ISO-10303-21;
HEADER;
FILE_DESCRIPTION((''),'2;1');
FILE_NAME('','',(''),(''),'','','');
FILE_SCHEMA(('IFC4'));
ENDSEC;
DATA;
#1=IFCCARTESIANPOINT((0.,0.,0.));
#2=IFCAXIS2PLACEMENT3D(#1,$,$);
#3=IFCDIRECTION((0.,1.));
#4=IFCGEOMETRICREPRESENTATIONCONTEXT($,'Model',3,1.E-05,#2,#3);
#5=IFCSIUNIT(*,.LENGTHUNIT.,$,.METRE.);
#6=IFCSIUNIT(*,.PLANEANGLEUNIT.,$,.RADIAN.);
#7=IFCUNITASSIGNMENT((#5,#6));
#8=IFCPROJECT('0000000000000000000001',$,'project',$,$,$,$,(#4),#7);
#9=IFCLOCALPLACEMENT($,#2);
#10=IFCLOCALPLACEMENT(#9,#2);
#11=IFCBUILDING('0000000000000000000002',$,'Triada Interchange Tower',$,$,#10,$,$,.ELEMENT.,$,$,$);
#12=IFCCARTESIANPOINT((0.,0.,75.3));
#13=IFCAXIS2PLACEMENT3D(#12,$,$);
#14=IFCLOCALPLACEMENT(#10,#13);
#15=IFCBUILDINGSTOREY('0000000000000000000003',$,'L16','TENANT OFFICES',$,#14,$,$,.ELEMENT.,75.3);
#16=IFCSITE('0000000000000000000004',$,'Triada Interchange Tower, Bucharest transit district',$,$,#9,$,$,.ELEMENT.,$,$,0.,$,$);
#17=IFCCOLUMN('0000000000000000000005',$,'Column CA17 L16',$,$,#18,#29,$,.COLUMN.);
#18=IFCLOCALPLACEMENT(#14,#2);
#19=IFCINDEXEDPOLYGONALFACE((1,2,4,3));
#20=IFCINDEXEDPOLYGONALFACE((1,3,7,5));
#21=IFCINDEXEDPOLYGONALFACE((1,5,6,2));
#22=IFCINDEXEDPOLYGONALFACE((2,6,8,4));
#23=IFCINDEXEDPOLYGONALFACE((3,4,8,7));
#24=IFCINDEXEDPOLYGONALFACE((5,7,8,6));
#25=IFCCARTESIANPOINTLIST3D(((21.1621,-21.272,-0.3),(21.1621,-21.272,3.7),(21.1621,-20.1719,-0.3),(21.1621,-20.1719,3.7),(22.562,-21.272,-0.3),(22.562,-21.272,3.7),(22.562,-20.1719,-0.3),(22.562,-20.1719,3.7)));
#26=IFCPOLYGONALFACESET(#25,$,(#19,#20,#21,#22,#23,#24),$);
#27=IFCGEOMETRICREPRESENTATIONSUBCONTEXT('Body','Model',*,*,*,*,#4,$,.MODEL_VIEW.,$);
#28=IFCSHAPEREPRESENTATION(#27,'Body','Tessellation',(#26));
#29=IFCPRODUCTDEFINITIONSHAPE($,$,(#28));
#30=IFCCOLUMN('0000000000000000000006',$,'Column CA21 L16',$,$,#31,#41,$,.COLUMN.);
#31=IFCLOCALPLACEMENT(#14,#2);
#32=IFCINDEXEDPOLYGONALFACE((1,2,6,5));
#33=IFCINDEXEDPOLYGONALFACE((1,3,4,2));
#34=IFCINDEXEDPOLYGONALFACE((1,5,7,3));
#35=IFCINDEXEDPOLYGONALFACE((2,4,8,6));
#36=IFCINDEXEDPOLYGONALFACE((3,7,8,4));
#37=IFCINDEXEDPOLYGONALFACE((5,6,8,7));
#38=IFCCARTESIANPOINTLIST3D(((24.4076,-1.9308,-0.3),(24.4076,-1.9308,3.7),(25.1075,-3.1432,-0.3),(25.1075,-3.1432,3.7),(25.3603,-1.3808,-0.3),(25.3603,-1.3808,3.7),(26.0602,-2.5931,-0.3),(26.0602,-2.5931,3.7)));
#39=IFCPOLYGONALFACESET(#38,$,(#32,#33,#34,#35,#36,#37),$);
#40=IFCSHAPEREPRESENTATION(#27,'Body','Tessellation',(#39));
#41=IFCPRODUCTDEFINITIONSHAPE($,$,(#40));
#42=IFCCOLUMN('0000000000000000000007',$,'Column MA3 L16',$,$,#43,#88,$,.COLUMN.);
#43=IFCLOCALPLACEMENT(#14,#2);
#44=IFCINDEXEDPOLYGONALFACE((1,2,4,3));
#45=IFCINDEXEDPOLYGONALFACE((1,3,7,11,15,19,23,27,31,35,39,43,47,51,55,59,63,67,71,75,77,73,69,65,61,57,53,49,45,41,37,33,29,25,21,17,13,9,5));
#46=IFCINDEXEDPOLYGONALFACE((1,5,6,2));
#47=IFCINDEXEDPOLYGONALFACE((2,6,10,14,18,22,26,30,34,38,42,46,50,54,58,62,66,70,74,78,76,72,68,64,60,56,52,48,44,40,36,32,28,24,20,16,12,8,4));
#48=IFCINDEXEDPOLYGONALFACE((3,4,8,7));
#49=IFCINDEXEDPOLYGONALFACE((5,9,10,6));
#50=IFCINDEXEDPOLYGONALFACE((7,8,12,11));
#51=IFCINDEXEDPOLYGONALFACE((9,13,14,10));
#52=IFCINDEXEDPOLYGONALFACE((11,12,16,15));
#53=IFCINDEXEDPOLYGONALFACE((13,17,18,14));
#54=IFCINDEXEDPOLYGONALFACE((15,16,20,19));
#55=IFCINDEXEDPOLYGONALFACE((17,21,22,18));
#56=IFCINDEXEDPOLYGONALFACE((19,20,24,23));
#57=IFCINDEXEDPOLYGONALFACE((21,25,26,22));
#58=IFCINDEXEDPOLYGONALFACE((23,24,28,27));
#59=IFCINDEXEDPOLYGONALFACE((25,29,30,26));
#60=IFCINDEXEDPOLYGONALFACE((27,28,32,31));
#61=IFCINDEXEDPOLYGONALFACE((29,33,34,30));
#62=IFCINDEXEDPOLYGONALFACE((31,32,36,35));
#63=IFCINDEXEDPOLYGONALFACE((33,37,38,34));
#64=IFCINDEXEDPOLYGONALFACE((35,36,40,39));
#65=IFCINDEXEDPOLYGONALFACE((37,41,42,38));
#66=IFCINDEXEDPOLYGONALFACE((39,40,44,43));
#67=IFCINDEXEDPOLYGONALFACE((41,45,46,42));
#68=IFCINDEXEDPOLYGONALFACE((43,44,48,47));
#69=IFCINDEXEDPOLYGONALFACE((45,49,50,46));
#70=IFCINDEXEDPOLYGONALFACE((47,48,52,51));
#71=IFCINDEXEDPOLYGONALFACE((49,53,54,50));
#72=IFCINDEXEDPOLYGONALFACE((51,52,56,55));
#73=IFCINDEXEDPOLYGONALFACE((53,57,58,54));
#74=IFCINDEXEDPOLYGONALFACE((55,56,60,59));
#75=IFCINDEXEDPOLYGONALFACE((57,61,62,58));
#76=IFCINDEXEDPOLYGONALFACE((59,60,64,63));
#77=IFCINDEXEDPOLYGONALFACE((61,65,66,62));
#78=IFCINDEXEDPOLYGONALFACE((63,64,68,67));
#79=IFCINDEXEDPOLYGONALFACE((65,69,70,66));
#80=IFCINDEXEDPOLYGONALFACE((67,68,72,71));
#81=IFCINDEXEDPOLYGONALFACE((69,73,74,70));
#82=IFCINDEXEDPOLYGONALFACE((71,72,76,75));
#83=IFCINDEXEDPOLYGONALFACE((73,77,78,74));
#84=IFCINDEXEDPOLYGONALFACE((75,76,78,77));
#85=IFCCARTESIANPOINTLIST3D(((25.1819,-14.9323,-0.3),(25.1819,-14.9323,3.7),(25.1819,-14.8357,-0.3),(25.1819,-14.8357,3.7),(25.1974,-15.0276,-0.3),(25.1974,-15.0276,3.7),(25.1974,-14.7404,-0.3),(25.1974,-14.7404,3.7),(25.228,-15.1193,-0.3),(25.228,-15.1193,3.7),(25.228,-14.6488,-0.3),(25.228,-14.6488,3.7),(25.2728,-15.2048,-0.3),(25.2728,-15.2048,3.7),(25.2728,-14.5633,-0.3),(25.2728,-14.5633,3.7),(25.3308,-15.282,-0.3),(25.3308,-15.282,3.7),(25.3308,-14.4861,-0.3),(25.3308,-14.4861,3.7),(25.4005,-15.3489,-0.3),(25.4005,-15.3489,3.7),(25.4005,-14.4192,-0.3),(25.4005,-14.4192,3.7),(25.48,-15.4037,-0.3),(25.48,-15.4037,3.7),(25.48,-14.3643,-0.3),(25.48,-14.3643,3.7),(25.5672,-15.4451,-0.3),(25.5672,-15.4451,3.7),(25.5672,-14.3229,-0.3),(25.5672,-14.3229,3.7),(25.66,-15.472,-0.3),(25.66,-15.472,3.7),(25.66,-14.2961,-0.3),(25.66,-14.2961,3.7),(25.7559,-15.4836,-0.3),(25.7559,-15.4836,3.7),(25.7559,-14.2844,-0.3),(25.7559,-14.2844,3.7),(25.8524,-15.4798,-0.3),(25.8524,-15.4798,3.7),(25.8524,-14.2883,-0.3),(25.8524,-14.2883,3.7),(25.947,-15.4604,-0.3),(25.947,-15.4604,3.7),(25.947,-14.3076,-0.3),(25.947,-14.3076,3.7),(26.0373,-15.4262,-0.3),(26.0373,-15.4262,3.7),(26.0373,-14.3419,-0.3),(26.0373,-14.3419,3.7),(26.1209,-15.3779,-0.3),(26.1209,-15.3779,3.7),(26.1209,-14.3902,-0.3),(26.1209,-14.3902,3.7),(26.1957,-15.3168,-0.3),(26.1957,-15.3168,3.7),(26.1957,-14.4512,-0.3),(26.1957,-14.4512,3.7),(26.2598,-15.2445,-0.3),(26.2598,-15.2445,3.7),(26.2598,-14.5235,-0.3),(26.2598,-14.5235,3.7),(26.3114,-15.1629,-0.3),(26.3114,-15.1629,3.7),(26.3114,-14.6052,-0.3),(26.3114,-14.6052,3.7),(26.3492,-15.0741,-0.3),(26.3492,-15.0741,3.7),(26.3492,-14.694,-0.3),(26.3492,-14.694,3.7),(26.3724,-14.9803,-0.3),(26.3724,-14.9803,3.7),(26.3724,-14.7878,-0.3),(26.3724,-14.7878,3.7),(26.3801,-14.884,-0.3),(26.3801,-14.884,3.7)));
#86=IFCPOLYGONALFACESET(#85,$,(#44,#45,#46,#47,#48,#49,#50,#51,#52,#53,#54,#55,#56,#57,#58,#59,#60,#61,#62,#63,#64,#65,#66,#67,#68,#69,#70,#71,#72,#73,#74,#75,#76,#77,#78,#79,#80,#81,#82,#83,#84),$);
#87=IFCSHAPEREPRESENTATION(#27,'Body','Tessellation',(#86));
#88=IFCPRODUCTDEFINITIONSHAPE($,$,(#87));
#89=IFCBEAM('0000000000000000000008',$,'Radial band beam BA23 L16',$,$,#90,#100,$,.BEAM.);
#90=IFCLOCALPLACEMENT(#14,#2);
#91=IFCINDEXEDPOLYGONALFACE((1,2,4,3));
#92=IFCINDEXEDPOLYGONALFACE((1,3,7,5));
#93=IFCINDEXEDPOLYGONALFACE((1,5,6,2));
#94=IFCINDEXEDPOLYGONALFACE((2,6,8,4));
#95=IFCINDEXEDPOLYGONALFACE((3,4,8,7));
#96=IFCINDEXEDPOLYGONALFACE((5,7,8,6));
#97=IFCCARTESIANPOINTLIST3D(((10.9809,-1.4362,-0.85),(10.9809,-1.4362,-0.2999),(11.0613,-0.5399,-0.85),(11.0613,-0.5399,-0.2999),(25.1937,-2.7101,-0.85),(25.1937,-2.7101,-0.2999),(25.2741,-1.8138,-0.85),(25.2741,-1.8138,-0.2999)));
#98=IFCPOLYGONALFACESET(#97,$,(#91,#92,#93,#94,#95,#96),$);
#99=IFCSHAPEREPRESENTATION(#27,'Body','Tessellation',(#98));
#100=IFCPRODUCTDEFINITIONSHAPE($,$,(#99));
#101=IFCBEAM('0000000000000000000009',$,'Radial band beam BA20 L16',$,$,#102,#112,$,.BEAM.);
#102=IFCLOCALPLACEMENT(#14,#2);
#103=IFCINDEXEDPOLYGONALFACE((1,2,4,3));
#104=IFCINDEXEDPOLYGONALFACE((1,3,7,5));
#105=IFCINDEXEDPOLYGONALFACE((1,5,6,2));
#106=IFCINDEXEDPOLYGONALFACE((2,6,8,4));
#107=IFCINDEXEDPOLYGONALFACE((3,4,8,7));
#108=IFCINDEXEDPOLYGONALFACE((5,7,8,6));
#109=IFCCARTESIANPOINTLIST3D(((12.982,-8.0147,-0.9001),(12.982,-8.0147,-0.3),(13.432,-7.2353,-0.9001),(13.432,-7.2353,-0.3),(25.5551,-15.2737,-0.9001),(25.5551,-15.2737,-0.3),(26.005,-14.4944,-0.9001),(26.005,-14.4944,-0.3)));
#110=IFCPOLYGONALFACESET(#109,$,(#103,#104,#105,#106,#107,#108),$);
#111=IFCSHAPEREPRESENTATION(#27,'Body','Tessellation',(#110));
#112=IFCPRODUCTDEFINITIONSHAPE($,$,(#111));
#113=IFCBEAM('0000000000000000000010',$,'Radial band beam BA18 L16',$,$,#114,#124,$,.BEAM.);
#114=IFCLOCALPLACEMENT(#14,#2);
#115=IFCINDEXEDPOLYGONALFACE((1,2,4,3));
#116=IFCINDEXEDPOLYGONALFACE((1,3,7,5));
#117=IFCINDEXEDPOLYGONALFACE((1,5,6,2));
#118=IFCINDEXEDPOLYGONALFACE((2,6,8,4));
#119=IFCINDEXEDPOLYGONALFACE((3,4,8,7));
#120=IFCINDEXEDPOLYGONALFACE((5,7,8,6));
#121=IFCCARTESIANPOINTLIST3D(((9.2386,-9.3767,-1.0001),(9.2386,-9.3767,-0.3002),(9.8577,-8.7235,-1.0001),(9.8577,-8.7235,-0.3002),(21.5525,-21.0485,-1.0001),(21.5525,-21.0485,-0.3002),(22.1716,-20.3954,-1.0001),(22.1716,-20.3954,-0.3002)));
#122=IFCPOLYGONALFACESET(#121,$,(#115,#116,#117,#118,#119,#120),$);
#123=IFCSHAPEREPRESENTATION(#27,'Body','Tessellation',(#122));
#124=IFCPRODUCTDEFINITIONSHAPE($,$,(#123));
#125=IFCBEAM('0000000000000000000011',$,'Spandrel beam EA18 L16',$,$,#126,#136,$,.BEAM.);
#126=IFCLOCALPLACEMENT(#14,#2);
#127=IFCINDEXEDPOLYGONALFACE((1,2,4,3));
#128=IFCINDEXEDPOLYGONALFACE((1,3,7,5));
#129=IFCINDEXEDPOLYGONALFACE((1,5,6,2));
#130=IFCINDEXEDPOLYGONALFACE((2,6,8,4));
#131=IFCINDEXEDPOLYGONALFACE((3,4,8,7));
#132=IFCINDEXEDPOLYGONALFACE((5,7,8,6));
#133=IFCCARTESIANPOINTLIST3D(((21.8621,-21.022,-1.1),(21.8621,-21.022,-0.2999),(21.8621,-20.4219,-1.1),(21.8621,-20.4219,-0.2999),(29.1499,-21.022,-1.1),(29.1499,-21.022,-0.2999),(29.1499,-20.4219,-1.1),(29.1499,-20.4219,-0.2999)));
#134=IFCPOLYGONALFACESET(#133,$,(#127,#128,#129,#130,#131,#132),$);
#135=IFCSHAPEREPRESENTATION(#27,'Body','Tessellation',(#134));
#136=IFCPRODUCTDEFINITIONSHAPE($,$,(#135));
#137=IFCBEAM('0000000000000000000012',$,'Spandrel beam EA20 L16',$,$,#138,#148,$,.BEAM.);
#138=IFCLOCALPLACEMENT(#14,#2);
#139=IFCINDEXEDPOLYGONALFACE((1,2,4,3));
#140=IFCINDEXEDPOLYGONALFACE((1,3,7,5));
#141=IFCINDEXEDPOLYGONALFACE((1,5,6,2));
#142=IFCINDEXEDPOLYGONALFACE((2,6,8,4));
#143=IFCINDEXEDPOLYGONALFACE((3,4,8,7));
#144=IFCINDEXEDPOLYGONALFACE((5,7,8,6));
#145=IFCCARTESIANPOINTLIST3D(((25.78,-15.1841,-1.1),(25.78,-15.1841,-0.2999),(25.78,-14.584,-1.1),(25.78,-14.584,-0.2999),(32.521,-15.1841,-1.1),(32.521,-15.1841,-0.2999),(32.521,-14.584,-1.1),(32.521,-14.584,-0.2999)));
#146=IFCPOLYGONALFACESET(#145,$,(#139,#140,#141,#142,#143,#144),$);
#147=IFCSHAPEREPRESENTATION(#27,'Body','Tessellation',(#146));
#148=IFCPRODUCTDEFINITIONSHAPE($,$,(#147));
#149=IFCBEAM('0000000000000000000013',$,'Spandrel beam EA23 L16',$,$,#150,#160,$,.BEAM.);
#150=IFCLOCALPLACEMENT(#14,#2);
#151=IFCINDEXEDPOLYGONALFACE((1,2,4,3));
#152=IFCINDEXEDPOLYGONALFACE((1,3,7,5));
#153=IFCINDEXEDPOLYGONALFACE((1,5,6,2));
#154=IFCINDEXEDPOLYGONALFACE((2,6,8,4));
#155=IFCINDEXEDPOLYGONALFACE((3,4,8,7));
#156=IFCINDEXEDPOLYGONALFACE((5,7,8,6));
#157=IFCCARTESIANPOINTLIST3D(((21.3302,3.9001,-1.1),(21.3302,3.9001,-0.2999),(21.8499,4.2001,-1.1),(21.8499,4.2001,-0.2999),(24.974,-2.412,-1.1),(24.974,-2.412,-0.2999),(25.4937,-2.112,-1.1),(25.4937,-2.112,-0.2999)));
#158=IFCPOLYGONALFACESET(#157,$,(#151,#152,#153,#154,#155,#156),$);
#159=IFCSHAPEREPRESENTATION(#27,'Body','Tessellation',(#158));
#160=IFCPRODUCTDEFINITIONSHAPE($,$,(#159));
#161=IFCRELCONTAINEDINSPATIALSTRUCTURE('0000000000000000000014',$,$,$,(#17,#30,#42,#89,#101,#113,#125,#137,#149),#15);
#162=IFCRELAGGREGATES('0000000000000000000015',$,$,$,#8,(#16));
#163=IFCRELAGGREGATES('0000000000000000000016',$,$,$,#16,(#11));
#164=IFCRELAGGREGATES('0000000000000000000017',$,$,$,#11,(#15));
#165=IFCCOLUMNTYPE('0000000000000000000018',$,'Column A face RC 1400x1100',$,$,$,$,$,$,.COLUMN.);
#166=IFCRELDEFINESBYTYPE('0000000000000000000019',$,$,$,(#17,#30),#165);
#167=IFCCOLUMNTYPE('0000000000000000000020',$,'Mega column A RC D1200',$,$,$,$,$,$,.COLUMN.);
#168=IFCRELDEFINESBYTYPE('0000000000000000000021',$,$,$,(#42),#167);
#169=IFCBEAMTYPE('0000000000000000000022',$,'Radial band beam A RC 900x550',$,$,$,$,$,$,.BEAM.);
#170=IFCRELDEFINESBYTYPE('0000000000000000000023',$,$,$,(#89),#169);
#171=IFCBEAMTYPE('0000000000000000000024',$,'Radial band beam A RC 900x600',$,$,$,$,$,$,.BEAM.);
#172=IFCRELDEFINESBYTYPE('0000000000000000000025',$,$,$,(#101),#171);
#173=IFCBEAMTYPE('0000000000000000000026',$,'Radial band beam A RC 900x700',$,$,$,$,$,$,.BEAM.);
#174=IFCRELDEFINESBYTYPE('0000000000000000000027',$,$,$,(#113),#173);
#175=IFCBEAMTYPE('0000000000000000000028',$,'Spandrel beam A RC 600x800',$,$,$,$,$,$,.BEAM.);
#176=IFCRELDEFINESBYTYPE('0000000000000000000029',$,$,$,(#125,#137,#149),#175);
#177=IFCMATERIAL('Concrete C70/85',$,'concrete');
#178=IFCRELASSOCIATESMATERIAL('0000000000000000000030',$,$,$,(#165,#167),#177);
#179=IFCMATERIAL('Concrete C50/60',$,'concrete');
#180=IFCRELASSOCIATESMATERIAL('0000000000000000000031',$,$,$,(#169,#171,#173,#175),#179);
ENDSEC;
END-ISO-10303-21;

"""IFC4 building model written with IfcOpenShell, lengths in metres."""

from ifc_helpers import new_model, si_unit, direction, frame, origin, origin_2d, place, context, subcontext, project, spatial, rectangle, circle, extrude, material, material_profile, profile_set, type_object, element, save


model = new_model("IFC4")

# Units and contexts
model_context = context("Model", 3, precision=1e-05, world=origin(), true_north=direction((0.0, 1.0)))
body_context = subcontext(model_context, "Body", "Model", "MODEL_VIEW")
ifc_project = project(units=[si_unit("LENGTHUNIT", "METRE"), si_unit("PLANEANGLEUNIT", "RADIAN")], contexts=[model_context])

# Site, building, storey
site_placement = place(None, origin())
site = spatial("IfcSite", under=ifc_project, at=site_placement, Name="Triada Interchange Tower, Bucharest transit district", CompositionType="ELEMENT", RefElevation=0.0)
building_placement = place(site_placement, origin())
building = spatial("IfcBuilding", under=site, at=building_placement, Name="Triada Interchange Tower", CompositionType="ELEMENT")
storey_placement = place(building_placement, frame((0.0, 0.0, 75.3)))
storey = spatial("IfcBuildingStorey", under=building, at=storey_placement, Name="L16", Description="TENANT OFFICES", CompositionType="ELEMENT", Elevation=75.3)

# Columns
ifc_material_1 = material(Name="Concrete C70/85", Category="concrete")
ifc_material_profile_1 = material_profile(ifc_material_1, rectangle(XDim=1.3999, YDim=1.1001, at=origin_2d()), Name="RC 1400x1100")
ifc_profile_set_1 = profile_set([ifc_material_profile_1], Name="Concrete C70/85")
column_type_1 = type_object("IfcColumnType", Name="Column A face RC 1400x1100", PredefinedType="COLUMN", material=ifc_profile_set_1)
for number, where, z_axis, x_axis, name in (
    (1, (21.8621, -20.7219, -0.3), (0.0, 0.0, 1.0), (1.0, 0.0, 0.0), "Column CA17 L16"),
    (2, (25.2339, -2.262, -0.3), (0.0, 0.0, 1.0), (-0.5, 0.866025, 0.0), "Column CA21 L16"),
):
    element("IfcColumn", number, at=place(storey_placement, frame(where, z_axis=z_axis, x_axis=x_axis)), inside=storey, type_object=column_type_1, Name=name, PredefinedType="COLUMN", context=body_context, shape_type="SweptSolid", body=[
        extrude(rectangle(XDim=1.3999, YDim=1.1001, at=origin_2d()), origin(), (0.0, 0.0, 1.0), 4.0),
    ])
ifc_material_profile_2 = material_profile(ifc_material_1, circle(Radius=0.6001, at=origin_2d()), Name="RC D1200")
ifc_profile_set_2 = profile_set([ifc_material_profile_2], Name="Concrete C70/85")
column_type_2 = type_object("IfcColumnType", Name="Mega column A RC D1200", PredefinedType="COLUMN", material=ifc_profile_set_2)
column_placement = place(storey_placement, frame((25.78, -14.884, -0.3), z_axis=(0.0, 0.0, 1.0), x_axis=(1.0, 0.0, 0.0)))
element("IfcColumn", 3, at=column_placement, inside=storey, type_object=column_type_2, Name="Column MA3 L16", PredefinedType="COLUMN", context=body_context, shape_type="SweptSolid", body=[
    extrude(circle(Radius=0.6001, at=origin_2d()), origin(), (0.0, 0.0, 1.0), 4.0),
])

# Beams
ifc_material_2 = material(Name="Concrete C50/60", Category="concrete")
ifc_material_profile_3 = material_profile(ifc_material_2, rectangle(XDim=0.8999, YDim=0.55, at=origin_2d()), Name="RC 900x550")
ifc_profile_set_3 = profile_set([ifc_material_profile_3], Name="Concrete C50/60")
beam_type_1 = type_object("IfcBeamType", Name="Radial band beam A RC 900x550", PredefinedType="BEAM", material=ifc_profile_set_3)
beam_1_placement = place(storey_placement, frame((25.2339, -2.262, -0.575), z_axis=(-0.996007, 0.089274, 0.0), x_axis=(-0.089274, -0.996007, 0.0)))
element("IfcBeam", 4, at=beam_1_placement, inside=storey, type_object=beam_type_1, Name="Radial band beam BA23 L16", PredefinedType="BEAM", context=body_context, shape_type="SweptSolid", body=[
    extrude(rectangle(XDim=0.8999, YDim=0.55, at=origin_2d()), origin(), (0.0, 0.0, 1.0), 14.2698),
])
ifc_material_profile_4 = material_profile(ifc_material_2, rectangle(XDim=0.8999, YDim=0.6001, at=origin_2d()), Name="RC 900x600")
ifc_profile_set_4 = profile_set([ifc_material_profile_4], Name="Concrete C50/60")
beam_type_2 = type_object("IfcBeamType", Name="Radial band beam A RC 900x600", PredefinedType="BEAM", material=ifc_profile_set_4)
beam_2_placement = place(storey_placement, frame((25.78, -14.884, -0.6001), z_axis=(-0.866025, 0.5, 0.0), x_axis=(-0.5, -0.866025, 0.0)))
element("IfcBeam", 5, at=beam_2_placement, inside=storey, type_object=beam_type_2, Name="Radial band beam BA20 L16", PredefinedType="BEAM", context=body_context, shape_type="SweptSolid", body=[
    extrude(rectangle(XDim=0.8999, YDim=0.6001, at=origin_2d()), origin(), (0.0, 0.0, 1.0), 14.5181),
])
ifc_material_profile_5 = material_profile(ifc_material_2, rectangle(XDim=0.8999, YDim=0.7, at=origin_2d()), Name="RC 900x700")
ifc_profile_set_5 = profile_set([ifc_material_profile_5], Name="Concrete C50/60")
beam_type_3 = type_object("IfcBeamType", Name="Radial band beam A RC 900x700", PredefinedType="BEAM", material=ifc_profile_set_5)
beam_3_placement = place(storey_placement, frame((21.8621, -20.7219, -0.6501), z_axis=(-0.725776, 0.687931, 0.0), x_axis=(-0.687931, -0.725776, 0.0)))
element("IfcBeam", 6, at=beam_3_placement, inside=storey, type_object=beam_type_3, Name="Radial band beam BA18 L16", PredefinedType="BEAM", context=body_context, shape_type="SweptSolid", body=[
    extrude(rectangle(XDim=0.8999, YDim=0.7, at=origin_2d()), origin(), (0.0, 0.0, 1.0), 16.9666),
])
ifc_material_profile_6 = material_profile(ifc_material_2, rectangle(XDim=0.6001, YDim=0.8, at=origin_2d()), Name="RC 600x800")
ifc_profile_set_6 = profile_set([ifc_material_profile_6], Name="Concrete C50/60")
beam_type_4 = type_object("IfcBeamType", Name="Spandrel beam A RC 600x800", PredefinedType="BEAM", material=ifc_profile_set_6)
beam_4_placement = place(storey_placement, frame((21.8621, -20.7219, -0.7), z_axis=(1.0, 0.0, 0.0), x_axis=(0.0, 1.0, 0.0)))
element("IfcBeam", 7, at=beam_4_placement, inside=storey, type_object=beam_type_4, Name="Spandrel beam EA18 L16", PredefinedType="BEAM", context=body_context, shape_type="SweptSolid", body=[
    extrude(rectangle(XDim=0.6001, YDim=0.8, at=origin_2d()), origin(), (0.0, 0.0, 1.0), 7.2878),
])
beam_5_placement = place(storey_placement, frame((25.78, -14.884, -0.7), z_axis=(1.0, 0.0, 0.0), x_axis=(0.0, 1.0, 0.0)))
element("IfcBeam", 8, at=beam_5_placement, inside=storey, type_object=beam_type_4, Name="Spandrel beam EA20 L16", PredefinedType="BEAM", context=body_context, shape_type="SweptSolid", body=[
    extrude(rectangle(XDim=0.6001, YDim=0.8, at=origin_2d()), origin(), (0.0, 0.0, 1.0), 6.741),
])
beam_6_placement = place(storey_placement, frame((25.2339, -2.262, -0.7), z_axis=(-0.499954, 0.866052, 0.0), x_axis=(-0.866052, -0.499954, 0.0)))
element("IfcBeam", 9, at=beam_6_placement, inside=storey, type_object=beam_type_4, Name="Spandrel beam EA23 L16", PredefinedType="BEAM", context=body_context, shape_type="SweptSolid", body=[
    extrude(rectangle(XDim=0.6001, YDim=0.8, at=origin_2d()), origin(), (0.0, 0.0, 1.0), 7.2883),
])

save(model, "model.ifc")
